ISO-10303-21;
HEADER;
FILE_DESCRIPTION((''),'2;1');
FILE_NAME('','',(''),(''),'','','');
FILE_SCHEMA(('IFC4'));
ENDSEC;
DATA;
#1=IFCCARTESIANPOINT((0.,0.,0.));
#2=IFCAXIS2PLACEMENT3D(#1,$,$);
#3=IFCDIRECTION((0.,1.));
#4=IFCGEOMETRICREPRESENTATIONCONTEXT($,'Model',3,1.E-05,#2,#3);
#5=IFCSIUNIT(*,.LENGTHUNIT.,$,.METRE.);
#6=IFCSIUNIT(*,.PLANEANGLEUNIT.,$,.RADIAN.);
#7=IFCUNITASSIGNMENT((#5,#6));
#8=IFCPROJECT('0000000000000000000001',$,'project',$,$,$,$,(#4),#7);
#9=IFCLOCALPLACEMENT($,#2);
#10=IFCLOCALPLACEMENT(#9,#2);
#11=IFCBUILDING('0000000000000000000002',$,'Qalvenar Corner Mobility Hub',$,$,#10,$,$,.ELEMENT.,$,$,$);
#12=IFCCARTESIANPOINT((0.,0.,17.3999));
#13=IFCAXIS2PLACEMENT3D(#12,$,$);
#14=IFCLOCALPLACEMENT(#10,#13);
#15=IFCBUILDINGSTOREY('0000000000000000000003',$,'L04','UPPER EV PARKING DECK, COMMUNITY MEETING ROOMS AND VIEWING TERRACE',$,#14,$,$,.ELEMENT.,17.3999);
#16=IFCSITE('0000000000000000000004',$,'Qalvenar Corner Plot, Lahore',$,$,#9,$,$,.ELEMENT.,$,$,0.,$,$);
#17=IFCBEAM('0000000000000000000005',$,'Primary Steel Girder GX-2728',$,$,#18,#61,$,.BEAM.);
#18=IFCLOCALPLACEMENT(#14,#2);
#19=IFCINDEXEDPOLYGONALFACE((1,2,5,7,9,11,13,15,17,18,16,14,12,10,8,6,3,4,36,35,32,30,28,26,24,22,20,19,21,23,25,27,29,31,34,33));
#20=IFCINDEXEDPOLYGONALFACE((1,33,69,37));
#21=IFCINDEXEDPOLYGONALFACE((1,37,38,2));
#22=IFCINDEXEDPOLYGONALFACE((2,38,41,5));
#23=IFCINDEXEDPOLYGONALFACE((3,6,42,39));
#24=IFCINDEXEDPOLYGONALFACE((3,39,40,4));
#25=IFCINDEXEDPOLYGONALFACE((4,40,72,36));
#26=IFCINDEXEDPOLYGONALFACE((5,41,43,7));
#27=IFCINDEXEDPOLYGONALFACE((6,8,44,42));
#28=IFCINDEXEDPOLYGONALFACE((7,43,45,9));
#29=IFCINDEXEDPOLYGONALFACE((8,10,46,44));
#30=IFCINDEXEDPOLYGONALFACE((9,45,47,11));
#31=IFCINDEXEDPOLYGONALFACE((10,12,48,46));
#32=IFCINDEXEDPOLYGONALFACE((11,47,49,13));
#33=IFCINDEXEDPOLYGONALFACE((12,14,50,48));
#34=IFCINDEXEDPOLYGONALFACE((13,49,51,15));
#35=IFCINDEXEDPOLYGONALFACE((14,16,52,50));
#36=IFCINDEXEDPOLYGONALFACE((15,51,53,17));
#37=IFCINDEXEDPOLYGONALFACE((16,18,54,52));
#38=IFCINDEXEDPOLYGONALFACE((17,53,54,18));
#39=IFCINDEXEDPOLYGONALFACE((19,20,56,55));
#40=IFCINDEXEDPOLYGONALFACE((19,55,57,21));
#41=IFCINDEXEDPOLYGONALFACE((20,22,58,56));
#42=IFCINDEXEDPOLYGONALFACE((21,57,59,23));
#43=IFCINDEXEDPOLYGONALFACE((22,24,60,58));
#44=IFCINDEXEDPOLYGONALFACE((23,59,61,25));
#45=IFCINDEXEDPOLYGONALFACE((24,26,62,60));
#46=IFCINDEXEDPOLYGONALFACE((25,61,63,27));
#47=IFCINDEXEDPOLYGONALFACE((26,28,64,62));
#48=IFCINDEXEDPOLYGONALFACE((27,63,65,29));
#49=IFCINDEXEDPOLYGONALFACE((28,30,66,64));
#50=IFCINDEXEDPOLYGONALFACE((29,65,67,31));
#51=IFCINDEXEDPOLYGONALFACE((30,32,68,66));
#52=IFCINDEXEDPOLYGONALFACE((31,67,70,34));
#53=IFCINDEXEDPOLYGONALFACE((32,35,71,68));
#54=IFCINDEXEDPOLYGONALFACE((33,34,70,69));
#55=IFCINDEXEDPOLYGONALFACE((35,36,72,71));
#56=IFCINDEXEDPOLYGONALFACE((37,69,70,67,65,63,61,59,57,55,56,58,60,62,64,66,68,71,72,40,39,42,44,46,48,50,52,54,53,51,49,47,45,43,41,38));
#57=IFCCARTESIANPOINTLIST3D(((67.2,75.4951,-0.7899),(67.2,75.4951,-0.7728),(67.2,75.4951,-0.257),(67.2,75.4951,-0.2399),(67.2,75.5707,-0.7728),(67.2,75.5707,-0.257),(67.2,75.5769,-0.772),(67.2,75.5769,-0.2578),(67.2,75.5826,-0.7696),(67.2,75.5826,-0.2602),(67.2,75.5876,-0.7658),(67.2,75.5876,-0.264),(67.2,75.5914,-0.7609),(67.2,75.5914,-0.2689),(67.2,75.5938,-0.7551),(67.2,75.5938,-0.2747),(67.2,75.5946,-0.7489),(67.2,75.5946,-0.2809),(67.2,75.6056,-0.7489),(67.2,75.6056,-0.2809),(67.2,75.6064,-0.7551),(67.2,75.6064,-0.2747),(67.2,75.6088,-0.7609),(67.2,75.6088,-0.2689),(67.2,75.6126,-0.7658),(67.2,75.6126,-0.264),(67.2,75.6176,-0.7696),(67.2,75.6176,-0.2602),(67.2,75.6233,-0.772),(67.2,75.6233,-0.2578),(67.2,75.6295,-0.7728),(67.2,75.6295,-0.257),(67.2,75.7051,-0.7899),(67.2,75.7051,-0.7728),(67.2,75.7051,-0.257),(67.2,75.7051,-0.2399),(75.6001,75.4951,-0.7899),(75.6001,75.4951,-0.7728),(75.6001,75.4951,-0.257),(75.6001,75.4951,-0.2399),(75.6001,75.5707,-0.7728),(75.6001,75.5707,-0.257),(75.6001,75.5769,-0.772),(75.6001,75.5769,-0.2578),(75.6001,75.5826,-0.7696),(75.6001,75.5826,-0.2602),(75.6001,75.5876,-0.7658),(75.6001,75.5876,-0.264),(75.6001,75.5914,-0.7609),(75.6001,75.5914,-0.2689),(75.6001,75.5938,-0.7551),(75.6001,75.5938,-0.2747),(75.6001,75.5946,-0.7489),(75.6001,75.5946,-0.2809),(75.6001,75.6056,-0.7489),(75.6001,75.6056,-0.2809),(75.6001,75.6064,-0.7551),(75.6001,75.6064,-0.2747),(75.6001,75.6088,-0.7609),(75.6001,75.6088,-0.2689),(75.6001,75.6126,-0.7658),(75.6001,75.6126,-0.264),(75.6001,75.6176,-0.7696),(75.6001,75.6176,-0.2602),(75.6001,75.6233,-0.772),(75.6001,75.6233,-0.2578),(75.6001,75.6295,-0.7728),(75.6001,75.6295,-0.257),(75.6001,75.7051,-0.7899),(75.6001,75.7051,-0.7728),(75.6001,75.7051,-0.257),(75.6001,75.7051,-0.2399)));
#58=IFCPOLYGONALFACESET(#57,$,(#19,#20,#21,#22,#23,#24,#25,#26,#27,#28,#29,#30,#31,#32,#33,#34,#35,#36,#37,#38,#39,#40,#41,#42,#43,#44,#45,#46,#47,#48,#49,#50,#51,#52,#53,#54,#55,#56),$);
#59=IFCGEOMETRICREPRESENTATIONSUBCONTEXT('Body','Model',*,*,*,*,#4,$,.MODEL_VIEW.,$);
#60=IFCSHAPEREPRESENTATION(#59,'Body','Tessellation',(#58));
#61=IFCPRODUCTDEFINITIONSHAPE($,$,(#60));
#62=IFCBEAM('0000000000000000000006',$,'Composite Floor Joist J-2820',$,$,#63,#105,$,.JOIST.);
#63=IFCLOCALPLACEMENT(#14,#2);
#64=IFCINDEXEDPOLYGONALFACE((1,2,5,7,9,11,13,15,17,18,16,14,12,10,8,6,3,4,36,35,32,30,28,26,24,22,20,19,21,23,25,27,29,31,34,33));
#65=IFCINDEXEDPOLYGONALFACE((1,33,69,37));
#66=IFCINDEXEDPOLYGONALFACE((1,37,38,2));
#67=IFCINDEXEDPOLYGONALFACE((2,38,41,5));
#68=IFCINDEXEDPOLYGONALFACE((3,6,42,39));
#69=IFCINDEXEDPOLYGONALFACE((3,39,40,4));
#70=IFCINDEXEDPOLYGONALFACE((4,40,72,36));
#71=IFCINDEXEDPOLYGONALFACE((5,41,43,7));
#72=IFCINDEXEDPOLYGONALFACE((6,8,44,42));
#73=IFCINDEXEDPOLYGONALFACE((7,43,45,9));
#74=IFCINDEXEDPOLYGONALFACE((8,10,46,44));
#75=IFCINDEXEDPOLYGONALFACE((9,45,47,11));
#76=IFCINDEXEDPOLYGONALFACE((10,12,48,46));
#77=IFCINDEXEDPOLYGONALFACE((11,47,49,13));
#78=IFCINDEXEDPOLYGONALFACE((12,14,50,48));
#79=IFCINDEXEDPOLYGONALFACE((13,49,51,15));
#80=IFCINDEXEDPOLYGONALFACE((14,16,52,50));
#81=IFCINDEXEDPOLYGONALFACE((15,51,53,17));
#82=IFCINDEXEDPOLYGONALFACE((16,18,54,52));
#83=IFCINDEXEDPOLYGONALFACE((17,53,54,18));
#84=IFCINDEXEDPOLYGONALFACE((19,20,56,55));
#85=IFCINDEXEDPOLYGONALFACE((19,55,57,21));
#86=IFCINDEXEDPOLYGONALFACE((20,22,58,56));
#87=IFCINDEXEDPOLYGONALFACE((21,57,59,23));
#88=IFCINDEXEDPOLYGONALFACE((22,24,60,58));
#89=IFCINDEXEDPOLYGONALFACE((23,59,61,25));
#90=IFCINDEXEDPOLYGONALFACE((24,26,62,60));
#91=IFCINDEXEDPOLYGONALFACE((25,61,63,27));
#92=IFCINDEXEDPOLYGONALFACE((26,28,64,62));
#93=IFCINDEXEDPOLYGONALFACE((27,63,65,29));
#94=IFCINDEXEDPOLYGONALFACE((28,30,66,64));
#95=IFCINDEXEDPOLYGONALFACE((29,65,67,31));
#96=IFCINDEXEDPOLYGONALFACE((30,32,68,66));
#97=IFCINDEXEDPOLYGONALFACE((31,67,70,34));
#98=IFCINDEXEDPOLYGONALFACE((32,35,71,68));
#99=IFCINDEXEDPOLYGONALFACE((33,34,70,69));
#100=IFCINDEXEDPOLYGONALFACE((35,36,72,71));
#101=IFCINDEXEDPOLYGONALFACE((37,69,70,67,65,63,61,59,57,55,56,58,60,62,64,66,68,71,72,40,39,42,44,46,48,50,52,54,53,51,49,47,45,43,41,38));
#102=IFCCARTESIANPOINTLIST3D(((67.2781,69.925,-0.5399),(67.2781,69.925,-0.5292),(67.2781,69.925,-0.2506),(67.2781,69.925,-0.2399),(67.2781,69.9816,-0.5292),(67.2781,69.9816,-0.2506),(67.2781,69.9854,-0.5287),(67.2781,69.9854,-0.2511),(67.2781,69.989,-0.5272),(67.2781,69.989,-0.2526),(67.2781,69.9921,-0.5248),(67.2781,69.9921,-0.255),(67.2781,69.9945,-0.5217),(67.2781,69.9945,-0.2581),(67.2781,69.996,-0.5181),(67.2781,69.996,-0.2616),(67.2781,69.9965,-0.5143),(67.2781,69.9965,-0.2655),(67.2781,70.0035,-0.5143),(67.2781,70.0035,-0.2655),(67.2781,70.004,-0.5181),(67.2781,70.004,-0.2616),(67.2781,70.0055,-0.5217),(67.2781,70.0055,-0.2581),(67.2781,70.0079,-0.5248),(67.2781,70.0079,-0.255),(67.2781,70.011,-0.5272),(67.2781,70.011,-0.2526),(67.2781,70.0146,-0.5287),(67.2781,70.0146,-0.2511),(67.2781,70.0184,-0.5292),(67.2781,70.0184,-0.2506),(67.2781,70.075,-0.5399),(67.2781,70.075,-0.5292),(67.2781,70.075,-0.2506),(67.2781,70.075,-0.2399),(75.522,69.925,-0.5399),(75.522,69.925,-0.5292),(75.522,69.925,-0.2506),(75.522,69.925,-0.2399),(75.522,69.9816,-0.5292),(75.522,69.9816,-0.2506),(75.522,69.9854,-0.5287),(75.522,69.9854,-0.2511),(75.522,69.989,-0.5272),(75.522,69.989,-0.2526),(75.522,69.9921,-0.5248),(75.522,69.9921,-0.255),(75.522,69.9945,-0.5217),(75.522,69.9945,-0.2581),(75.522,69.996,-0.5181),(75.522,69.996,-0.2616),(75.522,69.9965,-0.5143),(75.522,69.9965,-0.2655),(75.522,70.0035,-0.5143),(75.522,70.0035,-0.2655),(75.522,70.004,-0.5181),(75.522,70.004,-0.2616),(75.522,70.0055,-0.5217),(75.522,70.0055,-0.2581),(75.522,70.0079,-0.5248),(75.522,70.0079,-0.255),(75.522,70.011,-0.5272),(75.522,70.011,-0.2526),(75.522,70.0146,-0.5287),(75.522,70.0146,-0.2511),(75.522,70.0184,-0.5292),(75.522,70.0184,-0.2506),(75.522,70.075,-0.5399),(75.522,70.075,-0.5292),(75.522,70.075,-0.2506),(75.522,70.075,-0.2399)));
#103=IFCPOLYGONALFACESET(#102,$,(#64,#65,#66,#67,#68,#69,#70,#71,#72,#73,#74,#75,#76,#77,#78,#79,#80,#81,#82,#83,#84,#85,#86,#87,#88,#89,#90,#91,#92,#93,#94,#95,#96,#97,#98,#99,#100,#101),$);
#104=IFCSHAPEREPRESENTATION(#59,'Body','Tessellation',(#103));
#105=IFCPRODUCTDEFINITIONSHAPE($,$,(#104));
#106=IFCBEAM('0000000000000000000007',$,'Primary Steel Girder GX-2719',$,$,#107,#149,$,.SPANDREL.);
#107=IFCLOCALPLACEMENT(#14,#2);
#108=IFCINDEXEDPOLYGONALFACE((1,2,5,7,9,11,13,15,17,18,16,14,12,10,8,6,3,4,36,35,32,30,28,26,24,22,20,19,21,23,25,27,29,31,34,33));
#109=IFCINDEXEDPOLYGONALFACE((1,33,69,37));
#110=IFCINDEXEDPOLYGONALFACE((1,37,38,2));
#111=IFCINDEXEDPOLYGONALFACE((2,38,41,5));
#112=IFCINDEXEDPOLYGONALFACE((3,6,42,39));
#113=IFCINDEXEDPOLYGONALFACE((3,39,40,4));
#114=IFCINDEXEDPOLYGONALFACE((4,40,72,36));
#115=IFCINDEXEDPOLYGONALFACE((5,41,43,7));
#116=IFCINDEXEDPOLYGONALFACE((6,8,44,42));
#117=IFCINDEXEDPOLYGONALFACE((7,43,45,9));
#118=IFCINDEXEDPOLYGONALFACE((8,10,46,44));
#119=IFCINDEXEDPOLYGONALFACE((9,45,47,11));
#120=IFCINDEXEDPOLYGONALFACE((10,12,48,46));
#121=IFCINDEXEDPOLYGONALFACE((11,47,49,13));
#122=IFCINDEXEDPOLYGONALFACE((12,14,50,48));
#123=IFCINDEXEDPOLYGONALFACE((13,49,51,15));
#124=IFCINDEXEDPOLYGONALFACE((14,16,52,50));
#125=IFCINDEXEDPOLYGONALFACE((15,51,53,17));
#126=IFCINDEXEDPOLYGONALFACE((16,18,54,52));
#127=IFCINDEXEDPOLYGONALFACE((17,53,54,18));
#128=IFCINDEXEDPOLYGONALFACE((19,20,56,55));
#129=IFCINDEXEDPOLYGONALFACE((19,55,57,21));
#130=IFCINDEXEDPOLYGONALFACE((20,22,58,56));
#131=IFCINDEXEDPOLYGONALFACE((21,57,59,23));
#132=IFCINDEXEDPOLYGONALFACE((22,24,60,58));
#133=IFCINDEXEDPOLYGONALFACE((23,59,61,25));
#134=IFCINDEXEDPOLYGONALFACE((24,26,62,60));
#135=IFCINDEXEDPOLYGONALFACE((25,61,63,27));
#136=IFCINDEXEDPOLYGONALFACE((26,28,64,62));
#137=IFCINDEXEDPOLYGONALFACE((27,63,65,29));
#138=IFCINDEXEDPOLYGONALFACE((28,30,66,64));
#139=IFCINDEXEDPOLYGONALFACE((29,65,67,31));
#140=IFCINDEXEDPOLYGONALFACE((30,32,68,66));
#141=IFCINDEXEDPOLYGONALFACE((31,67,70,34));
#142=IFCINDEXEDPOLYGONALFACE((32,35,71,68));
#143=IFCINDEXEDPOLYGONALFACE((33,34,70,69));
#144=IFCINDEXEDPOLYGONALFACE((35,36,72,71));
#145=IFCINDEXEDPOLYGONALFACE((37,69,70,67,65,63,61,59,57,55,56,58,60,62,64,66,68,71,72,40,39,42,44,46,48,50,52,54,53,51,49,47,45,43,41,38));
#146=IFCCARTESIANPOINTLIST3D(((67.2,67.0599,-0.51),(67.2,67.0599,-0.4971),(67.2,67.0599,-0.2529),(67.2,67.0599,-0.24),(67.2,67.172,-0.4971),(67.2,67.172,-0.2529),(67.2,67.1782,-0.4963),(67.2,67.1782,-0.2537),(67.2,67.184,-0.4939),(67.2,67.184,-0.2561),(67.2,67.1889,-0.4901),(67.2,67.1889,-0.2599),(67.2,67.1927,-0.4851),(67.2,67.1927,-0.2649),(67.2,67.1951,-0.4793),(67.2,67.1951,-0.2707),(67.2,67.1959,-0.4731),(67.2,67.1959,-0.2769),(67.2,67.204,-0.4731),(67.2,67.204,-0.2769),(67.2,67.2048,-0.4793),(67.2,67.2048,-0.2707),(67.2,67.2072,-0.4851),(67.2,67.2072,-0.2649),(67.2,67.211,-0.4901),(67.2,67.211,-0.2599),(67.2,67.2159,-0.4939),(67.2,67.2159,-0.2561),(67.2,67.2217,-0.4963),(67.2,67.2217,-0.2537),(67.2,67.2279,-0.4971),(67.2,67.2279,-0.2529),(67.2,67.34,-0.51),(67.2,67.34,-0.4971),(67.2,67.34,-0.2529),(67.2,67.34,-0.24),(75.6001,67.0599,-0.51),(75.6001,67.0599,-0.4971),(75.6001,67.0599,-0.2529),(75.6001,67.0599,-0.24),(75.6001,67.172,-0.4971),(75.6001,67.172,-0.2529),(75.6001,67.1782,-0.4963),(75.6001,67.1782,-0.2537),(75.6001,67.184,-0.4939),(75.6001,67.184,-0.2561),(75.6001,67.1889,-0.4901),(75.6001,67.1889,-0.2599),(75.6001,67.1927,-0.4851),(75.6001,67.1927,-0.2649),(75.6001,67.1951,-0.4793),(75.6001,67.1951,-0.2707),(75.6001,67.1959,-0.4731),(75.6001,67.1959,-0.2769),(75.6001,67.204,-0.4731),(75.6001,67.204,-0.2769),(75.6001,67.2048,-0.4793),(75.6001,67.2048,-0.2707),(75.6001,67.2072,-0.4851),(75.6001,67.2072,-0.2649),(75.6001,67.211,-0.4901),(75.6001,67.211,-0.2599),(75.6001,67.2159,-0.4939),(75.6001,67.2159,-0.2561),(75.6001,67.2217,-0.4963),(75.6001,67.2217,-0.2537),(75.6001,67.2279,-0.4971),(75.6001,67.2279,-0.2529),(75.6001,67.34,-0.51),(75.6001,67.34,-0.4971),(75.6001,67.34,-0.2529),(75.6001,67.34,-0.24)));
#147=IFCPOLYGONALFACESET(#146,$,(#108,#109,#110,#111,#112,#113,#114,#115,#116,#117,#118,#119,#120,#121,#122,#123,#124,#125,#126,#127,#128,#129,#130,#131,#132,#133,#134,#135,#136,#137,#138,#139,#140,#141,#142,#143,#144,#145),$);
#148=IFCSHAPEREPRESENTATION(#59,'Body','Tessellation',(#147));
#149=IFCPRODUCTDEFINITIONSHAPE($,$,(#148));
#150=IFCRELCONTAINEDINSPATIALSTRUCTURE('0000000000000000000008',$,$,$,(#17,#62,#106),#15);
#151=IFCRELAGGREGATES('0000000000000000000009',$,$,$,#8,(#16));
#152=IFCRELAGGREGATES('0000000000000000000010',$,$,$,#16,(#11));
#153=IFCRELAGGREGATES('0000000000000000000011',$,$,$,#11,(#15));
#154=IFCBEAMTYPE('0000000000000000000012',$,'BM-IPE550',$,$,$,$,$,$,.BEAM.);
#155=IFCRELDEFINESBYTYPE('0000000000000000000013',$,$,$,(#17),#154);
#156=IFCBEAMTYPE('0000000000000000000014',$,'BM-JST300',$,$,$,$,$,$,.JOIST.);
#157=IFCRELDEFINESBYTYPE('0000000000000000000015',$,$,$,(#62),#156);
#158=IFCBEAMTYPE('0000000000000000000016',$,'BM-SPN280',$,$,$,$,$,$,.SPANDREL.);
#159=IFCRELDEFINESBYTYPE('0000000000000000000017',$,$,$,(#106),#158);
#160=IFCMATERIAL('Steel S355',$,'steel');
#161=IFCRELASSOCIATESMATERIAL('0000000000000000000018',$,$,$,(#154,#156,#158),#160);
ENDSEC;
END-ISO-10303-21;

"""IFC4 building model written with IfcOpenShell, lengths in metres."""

from ifc_helpers import new_model, si_unit, direction, frame, origin, origin_2d, place, context, subcontext, project, spatial, i_section, extrude, material, material_profile, profile_set, type_object, element, save


model = new_model("IFC4")

# Units and contexts
model_context = context("Model", 3, precision=1e-05, world=origin(), true_north=direction((0.0, 1.0)))
body_context = subcontext(model_context, "Body", "Model", "MODEL_VIEW")
ifc_project = project(units=[si_unit("LENGTHUNIT", "METRE"), si_unit("PLANEANGLEUNIT", "RADIAN")], contexts=[model_context])

# Site, building, storey
site_placement = place(None, origin())
site = spatial("IfcSite", under=ifc_project, at=site_placement, Name="Qalvenar Corner Plot, Lahore", CompositionType="ELEMENT", RefElevation=0.0)
building_placement = place(site_placement, origin())
building = spatial("IfcBuilding", under=site, at=building_placement, Name="Qalvenar Corner Mobility Hub", CompositionType="ELEMENT")
storey_placement = place(building_placement, frame((0.0, 0.0, 17.3999)))
storey = spatial("IfcBuildingStorey", under=building, at=storey_placement, Name="L04", Description="UPPER EV PARKING DECK, COMMUNITY MEETING ROOMS AND VIEWING TERRACE", CompositionType="ELEMENT", Elevation=17.3999)

# Shared definitions
ifc_material_1 = material(Name="Steel S355", Category="steel")

# Beams
ifc_material_profile_1 = material_profile(ifc_material_1, i_section(OverallWidth=0.21, OverallDepth=0.55, WebThickness=0.011, FlangeThickness=0.0171, FilletRadius=0.0239, at=origin_2d()), Name="IPE550")
ifc_profile_set_1 = profile_set([ifc_material_profile_1], Name="Steel S355")
beam_type_1 = type_object("IfcBeamType", Name="BM-IPE550", PredefinedType="BEAM", material=ifc_profile_set_1)
beam_1_placement = place(storey_placement, frame((67.2, 75.6001, -0.5149), z_axis=(1.0, 0.0, 0.0), x_axis=(0.0, 1.0, 0.0)))
element("IfcBeam", 1, at=beam_1_placement, inside=storey, type_object=beam_type_1, Name="Primary Steel Girder GX-2728", PredefinedType="BEAM", context=body_context, shape_type="SweptSolid", body=[
    extrude(i_section(OverallWidth=0.21, OverallDepth=0.55, WebThickness=0.011, FlangeThickness=0.0171, FilletRadius=0.0239, at=origin_2d()), origin(), (0.0, 0.0, 1.0), 8.4001),
])
ifc_material_profile_2 = material_profile(ifc_material_1, i_section(OverallWidth=0.1499, OverallDepth=0.3, WebThickness=0.0071, FlangeThickness=0.0107, FilletRadius=0.0149, at=origin_2d()), Name="IPE300")
ifc_profile_set_2 = profile_set([ifc_material_profile_2], Name="Steel S355")
beam_type_2 = type_object("IfcBeamType", Name="BM-JST300", PredefinedType="JOIST", material=ifc_profile_set_2)
beam_2_placement = place(storey_placement, frame((67.2781, 70.0, -0.3899), z_axis=(1.0, 0.0, 0.0), x_axis=(0.0, 1.0, 0.0)))
element("IfcBeam", 2, at=beam_2_placement, inside=storey, type_object=beam_type_2, Name="Composite Floor Joist J-2820", PredefinedType="JOIST", context=body_context, shape_type="SweptSolid", body=[
    extrude(i_section(OverallWidth=0.1499, OverallDepth=0.3, WebThickness=0.0071, FlangeThickness=0.0107, FilletRadius=0.0149, at=origin_2d()), origin(), (0.0, 0.0, 1.0), 8.2439),
])
ifc_material_profile_3 = material_profile(ifc_material_1, i_section(OverallWidth=0.28, OverallDepth=0.27, WebThickness=0.0081, FlangeThickness=0.0129, FilletRadius=0.0239, at=origin_2d()), Name="HEA280")
ifc_profile_set_3 = profile_set([ifc_material_profile_3], Name="Steel S355")
beam_type_3 = type_object("IfcBeamType", Name="BM-SPN280", PredefinedType="SPANDREL", material=ifc_profile_set_3)
beam_3_placement = place(storey_placement, frame((67.2, 67.2, -0.375), z_axis=(1.0, 0.0, 0.0), x_axis=(0.0, 1.0, 0.0)))
element("IfcBeam", 3, at=beam_3_placement, inside=storey, type_object=beam_type_3, Name="Primary Steel Girder GX-2719", PredefinedType="SPANDREL", context=body_context, shape_type="SweptSolid", body=[
    extrude(i_section(OverallWidth=0.28, OverallDepth=0.27, WebThickness=0.0081, FlangeThickness=0.0129, FilletRadius=0.0239, at=origin_2d()), origin(), (0.0, 0.0, 1.0), 8.4001),
])

save(model, "model.ifc")
